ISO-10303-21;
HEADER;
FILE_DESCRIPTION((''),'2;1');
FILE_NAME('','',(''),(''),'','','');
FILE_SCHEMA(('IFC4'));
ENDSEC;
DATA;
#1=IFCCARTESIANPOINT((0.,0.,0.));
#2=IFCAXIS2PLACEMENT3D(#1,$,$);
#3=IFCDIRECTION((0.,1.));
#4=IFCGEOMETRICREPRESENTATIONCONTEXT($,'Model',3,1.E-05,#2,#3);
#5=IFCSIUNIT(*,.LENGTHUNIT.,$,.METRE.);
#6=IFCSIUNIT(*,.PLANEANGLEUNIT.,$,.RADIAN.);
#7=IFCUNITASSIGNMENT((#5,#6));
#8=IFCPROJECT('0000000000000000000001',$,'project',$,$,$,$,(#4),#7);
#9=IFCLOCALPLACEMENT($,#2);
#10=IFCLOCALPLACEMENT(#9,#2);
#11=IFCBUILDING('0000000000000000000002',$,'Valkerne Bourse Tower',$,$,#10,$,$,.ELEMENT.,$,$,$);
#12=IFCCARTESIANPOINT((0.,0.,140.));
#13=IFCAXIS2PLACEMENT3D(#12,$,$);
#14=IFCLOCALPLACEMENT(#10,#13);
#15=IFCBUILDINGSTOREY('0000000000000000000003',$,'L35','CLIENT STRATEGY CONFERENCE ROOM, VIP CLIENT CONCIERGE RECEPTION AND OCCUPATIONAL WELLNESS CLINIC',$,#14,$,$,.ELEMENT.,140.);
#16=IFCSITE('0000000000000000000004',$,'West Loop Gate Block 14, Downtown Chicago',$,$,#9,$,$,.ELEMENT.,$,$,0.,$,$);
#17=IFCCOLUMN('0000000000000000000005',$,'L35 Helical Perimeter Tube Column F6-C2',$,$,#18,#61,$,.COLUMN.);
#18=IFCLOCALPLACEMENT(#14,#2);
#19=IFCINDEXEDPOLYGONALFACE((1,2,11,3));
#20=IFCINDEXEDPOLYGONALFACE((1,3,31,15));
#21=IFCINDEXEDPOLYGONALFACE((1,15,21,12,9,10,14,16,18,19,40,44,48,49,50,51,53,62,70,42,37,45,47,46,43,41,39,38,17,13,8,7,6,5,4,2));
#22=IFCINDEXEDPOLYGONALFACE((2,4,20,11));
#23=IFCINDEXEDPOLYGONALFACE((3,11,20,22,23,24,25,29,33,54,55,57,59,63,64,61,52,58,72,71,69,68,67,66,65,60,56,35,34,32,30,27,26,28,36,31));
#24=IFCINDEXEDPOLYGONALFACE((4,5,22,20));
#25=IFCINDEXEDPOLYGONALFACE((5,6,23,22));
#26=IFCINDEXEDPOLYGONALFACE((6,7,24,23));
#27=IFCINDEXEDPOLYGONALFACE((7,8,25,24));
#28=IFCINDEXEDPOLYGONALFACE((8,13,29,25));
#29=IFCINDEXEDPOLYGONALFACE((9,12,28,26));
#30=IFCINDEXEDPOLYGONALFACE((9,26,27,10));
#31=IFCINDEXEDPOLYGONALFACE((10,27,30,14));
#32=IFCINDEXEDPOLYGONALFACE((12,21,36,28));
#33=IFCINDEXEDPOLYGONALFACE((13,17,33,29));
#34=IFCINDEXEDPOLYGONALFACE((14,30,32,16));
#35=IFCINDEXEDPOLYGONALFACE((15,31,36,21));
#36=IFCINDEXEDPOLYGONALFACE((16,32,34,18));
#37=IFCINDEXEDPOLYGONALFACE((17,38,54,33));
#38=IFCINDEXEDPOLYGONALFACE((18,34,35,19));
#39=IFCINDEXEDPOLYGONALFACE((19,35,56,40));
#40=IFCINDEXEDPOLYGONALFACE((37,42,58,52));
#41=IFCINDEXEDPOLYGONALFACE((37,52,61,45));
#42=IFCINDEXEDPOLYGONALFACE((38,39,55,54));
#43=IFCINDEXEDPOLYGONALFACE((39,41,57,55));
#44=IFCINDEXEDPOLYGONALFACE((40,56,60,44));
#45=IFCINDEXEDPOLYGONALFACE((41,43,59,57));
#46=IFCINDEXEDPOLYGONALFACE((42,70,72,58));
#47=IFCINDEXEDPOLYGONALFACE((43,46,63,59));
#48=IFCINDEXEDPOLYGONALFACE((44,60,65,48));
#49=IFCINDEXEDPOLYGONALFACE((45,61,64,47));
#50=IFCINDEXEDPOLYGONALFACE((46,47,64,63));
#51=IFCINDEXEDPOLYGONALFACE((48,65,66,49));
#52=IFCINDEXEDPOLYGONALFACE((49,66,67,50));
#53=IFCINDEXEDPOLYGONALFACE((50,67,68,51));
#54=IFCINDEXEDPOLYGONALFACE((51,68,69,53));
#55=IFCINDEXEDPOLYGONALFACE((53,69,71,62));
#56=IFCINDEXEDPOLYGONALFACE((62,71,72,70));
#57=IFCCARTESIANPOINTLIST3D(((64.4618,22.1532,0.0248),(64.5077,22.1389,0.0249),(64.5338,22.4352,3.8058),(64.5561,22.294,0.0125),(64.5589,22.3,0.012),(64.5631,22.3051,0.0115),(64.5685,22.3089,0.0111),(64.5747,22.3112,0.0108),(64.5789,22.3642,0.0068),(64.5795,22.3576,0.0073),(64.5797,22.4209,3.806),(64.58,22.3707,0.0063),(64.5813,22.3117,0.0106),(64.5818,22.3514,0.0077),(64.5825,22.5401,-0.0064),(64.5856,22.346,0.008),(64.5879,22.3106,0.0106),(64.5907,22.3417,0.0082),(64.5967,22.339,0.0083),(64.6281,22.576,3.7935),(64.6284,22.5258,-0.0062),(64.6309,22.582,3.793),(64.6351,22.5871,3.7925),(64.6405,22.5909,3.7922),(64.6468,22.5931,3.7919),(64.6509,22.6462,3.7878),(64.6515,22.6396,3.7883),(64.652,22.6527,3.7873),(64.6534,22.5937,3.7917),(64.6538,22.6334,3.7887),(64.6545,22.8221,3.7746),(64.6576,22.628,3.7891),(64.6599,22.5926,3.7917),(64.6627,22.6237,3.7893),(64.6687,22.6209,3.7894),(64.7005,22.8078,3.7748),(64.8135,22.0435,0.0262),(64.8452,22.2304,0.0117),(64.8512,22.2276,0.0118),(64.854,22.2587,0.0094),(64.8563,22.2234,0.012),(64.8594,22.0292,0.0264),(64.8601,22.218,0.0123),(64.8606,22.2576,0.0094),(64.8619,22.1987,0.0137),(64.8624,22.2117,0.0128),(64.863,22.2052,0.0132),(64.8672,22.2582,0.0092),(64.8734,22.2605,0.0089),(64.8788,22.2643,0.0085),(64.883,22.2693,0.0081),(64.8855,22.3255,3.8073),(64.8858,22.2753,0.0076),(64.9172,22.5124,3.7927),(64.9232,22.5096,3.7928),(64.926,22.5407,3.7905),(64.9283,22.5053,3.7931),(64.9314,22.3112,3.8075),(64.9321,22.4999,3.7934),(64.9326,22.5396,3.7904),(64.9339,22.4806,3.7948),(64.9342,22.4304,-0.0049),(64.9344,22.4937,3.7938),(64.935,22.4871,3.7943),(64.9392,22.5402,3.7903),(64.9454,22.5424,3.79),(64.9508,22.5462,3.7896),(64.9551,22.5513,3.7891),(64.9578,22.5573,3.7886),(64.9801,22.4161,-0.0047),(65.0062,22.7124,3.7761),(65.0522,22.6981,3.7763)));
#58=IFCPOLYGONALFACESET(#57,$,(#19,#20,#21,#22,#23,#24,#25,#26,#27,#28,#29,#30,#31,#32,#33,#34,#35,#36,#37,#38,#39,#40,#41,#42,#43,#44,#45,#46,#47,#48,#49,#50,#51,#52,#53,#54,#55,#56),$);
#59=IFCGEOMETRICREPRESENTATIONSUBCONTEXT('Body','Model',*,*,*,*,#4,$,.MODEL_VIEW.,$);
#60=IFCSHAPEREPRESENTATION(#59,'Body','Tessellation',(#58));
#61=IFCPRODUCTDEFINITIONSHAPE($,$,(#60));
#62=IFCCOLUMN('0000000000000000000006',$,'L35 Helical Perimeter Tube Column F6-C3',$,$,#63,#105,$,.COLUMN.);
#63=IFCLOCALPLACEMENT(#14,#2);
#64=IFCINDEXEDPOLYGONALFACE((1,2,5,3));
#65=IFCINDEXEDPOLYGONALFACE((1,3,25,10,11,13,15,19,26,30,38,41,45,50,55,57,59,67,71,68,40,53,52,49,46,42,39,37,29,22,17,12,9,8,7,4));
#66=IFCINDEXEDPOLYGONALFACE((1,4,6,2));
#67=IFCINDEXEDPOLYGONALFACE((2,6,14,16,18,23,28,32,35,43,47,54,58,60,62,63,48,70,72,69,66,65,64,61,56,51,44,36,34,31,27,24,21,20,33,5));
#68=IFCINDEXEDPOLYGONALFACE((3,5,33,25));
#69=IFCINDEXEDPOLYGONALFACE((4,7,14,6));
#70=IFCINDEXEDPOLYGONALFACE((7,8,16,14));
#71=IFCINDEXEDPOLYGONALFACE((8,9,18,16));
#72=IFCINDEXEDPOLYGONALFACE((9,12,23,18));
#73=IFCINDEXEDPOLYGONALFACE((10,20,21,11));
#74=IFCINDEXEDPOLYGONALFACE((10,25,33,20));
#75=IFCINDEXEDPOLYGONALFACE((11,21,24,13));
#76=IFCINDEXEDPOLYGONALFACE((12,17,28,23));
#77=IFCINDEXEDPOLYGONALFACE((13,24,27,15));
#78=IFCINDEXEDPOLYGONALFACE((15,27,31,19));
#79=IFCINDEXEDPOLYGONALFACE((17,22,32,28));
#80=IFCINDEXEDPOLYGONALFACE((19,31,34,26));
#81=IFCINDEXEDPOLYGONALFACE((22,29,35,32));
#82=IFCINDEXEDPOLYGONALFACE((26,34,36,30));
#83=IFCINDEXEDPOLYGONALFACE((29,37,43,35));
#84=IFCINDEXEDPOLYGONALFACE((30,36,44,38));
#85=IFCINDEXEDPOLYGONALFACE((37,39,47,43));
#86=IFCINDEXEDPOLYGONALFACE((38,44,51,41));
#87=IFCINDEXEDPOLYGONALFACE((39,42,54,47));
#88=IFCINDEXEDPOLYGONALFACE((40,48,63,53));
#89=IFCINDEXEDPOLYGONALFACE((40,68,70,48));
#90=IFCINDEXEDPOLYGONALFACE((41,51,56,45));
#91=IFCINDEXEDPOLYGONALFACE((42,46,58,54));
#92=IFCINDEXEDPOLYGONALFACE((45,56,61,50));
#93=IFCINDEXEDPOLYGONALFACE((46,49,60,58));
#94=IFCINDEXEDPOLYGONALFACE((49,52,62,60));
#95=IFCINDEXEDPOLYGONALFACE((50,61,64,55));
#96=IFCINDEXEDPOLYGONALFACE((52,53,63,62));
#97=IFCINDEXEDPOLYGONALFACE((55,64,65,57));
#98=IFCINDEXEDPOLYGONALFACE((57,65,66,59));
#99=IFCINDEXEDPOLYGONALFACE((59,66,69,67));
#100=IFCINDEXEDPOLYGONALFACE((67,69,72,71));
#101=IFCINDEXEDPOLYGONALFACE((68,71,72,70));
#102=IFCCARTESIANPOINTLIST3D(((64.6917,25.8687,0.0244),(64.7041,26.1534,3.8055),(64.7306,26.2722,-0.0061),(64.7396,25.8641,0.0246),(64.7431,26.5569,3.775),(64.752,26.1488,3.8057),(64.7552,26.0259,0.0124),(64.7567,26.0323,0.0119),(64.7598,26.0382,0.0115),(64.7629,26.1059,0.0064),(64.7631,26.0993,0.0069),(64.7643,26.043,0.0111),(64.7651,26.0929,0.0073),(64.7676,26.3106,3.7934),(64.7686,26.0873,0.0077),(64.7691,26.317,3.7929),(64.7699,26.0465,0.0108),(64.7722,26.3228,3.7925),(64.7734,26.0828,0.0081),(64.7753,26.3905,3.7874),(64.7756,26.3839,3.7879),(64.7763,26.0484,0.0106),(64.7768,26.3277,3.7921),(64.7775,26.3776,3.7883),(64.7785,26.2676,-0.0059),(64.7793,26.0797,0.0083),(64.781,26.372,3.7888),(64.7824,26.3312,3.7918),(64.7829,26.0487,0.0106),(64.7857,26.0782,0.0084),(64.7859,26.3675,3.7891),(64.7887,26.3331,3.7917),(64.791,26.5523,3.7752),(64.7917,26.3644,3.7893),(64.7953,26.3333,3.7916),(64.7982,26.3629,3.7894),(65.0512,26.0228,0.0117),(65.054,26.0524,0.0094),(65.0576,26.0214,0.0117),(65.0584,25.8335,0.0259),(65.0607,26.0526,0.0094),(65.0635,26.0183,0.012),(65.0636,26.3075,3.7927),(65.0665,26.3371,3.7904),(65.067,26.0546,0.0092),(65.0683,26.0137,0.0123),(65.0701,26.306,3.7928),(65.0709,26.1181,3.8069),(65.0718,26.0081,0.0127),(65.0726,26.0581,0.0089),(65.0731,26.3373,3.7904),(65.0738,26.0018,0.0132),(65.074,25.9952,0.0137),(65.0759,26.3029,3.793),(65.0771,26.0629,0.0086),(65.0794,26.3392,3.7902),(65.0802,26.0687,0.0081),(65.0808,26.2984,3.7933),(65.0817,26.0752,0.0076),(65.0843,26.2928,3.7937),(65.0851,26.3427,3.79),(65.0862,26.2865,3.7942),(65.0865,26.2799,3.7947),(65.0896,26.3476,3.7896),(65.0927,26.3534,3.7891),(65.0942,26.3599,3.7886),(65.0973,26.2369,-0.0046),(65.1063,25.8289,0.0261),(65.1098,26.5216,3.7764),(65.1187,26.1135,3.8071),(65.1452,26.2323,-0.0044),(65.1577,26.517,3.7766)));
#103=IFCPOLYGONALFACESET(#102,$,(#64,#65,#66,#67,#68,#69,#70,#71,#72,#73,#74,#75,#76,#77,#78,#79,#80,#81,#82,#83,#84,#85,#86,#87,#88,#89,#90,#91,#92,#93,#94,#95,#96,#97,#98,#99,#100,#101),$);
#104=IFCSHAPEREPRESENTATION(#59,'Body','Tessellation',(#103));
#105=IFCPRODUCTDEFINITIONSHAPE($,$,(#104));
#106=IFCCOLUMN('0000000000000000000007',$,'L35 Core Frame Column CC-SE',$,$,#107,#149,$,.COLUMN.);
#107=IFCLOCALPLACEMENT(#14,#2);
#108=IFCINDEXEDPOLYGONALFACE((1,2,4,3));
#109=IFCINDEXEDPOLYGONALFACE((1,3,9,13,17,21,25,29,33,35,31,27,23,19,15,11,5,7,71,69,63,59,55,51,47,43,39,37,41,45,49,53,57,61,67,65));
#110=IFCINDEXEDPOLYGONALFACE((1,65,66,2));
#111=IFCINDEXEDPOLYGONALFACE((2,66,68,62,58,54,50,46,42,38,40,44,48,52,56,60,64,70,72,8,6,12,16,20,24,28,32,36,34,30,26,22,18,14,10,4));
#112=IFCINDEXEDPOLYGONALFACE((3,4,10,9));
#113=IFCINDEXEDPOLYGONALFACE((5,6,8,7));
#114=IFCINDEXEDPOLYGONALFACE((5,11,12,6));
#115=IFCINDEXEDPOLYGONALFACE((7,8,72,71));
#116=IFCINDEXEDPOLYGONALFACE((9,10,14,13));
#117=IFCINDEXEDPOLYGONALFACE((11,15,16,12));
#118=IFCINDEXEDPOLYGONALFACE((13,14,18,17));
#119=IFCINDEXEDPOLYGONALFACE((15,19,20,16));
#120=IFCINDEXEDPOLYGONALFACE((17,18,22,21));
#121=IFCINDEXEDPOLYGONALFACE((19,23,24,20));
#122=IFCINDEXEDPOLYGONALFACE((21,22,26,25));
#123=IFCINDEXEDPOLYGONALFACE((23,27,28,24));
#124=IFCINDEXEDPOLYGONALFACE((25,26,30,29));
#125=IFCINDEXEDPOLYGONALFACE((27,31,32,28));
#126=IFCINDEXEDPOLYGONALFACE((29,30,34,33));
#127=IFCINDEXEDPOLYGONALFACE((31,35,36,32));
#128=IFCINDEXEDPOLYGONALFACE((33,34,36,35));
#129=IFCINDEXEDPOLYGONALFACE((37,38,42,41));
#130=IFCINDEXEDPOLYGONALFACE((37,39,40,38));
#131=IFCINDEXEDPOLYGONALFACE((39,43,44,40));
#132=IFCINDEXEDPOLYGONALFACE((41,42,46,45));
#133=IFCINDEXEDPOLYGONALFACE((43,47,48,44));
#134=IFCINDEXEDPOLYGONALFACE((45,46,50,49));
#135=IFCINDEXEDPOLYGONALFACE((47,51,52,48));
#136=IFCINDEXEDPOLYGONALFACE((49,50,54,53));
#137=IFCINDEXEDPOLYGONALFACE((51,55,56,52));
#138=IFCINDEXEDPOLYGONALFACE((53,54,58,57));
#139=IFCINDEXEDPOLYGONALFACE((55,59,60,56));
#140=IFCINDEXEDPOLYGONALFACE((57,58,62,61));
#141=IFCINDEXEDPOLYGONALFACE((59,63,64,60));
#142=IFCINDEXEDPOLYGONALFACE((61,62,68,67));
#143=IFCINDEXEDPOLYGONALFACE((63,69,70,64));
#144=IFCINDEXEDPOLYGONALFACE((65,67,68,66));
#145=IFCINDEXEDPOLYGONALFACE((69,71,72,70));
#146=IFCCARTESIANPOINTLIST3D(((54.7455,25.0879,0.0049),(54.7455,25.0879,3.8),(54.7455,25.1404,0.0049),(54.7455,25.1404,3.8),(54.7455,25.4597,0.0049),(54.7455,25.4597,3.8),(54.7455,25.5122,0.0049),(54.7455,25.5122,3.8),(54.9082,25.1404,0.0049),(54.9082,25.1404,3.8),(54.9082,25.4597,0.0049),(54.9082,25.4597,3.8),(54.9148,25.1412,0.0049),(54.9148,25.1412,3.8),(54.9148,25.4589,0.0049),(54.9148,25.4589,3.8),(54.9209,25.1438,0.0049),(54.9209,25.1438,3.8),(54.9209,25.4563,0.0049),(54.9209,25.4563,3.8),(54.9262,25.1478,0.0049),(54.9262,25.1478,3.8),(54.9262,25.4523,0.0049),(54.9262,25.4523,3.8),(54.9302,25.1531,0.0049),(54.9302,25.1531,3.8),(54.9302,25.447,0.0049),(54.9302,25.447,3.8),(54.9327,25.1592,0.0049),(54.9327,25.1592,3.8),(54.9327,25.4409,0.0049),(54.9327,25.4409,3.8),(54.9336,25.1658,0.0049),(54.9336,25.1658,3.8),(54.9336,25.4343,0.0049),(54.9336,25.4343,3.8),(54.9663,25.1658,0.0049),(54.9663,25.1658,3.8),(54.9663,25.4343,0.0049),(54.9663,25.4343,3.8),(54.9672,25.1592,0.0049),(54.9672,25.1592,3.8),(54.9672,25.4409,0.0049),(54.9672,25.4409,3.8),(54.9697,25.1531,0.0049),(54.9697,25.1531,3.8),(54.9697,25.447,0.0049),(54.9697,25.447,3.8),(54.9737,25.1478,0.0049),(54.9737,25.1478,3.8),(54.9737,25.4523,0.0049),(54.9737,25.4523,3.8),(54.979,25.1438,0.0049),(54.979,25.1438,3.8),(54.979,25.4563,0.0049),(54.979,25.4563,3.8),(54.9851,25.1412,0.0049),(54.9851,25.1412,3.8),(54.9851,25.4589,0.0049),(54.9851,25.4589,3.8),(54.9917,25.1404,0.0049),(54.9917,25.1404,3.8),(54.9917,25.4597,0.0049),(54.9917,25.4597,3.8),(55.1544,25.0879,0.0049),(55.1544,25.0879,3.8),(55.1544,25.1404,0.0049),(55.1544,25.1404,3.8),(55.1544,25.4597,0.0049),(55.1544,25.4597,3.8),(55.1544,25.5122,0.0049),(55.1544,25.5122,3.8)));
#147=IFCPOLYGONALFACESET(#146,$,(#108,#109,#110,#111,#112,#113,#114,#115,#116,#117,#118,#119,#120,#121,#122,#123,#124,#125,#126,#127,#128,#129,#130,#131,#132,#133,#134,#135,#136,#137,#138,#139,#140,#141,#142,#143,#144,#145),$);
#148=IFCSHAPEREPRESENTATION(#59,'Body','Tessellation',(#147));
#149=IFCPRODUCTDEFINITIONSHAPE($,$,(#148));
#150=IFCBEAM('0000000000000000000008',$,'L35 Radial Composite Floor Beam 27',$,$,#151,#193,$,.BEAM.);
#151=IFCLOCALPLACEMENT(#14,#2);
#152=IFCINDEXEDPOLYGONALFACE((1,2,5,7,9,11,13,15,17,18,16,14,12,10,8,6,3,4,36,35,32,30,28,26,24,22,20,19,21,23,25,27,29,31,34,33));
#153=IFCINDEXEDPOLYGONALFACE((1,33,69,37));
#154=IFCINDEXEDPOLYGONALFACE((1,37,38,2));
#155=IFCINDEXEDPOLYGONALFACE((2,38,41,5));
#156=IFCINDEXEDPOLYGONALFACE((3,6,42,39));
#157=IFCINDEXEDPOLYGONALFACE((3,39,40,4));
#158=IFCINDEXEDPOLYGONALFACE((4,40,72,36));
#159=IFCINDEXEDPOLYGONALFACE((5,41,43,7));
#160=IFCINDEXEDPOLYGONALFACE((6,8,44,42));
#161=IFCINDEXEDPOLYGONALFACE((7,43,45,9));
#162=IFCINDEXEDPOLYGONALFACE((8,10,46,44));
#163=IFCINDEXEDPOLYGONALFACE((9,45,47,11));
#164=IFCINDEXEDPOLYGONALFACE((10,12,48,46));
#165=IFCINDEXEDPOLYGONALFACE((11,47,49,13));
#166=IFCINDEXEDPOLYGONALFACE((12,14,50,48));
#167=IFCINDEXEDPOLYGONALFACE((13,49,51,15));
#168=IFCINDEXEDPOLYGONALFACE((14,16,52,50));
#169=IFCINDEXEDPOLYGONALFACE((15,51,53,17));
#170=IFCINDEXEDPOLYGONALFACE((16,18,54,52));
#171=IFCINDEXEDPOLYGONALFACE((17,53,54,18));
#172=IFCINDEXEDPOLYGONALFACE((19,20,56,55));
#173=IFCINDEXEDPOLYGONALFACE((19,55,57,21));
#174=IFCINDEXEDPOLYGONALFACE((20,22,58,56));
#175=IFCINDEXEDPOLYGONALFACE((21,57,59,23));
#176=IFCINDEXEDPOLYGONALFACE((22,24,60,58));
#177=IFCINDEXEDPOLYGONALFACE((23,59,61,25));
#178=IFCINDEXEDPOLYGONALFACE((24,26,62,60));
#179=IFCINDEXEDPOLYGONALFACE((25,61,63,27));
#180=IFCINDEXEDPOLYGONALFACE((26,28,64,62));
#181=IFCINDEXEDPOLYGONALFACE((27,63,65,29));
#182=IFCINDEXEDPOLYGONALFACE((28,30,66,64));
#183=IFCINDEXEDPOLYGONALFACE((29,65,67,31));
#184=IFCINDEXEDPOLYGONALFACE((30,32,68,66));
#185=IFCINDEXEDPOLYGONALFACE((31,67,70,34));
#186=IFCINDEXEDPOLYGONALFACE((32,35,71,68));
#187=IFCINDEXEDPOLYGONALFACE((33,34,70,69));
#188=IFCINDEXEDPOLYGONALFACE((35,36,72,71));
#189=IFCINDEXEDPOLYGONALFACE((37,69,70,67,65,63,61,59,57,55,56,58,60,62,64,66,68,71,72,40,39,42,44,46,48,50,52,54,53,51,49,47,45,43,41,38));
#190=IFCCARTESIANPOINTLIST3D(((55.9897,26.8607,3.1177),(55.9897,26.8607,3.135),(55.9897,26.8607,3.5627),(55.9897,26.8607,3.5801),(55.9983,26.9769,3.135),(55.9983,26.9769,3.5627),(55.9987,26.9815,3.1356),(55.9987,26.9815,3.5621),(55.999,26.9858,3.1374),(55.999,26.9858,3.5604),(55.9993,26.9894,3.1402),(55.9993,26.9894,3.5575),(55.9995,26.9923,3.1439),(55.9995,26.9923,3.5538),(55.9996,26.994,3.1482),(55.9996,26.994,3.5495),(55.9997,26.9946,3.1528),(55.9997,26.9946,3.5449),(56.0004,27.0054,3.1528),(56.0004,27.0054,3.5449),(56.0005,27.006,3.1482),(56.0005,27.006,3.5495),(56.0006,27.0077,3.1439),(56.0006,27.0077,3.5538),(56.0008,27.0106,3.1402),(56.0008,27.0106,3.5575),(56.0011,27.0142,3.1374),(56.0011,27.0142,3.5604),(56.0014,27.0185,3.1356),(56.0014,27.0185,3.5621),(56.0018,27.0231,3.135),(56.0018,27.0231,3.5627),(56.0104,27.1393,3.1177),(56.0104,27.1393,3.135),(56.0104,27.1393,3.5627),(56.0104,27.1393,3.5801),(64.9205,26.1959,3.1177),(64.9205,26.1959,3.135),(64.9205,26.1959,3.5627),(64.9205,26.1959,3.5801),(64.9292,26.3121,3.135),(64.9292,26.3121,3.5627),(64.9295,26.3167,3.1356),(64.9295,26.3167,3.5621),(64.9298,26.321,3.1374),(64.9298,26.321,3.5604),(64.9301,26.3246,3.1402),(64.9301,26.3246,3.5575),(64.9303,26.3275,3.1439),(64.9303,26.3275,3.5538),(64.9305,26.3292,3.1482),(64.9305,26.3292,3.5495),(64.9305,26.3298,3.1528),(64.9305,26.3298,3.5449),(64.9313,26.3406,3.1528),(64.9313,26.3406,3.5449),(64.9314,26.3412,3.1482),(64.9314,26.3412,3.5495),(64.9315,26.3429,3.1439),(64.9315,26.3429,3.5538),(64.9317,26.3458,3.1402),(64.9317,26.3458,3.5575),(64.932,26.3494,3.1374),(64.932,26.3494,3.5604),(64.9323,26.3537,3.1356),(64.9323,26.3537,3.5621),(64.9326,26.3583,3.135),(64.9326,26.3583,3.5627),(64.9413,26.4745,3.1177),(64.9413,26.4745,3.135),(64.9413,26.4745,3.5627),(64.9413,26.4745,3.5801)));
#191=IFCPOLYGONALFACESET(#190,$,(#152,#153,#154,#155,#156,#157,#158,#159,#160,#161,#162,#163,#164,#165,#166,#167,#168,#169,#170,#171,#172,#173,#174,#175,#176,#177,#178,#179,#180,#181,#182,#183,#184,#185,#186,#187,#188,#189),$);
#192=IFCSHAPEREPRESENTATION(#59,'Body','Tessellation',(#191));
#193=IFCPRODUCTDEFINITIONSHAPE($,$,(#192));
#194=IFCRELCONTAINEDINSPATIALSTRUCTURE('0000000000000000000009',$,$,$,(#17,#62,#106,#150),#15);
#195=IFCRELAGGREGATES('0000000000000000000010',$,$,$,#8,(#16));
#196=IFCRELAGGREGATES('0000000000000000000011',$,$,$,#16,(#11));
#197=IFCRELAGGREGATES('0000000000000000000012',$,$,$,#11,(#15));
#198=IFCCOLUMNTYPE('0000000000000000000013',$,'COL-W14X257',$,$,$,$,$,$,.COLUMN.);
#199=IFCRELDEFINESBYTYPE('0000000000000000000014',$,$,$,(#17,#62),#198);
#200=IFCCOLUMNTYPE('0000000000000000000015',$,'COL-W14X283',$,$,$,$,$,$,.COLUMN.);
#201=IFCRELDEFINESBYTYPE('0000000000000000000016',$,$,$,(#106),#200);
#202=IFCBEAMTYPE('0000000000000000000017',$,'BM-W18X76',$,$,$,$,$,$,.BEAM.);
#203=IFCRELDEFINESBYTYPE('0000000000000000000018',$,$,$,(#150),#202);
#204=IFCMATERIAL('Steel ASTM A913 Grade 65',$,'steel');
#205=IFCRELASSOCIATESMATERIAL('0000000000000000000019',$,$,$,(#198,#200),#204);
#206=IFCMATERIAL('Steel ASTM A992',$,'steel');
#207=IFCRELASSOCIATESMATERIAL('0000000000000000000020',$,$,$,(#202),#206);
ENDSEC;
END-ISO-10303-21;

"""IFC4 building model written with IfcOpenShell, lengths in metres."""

from ifc_helpers import new_model, si_unit, direction, frame, origin, origin_2d, place, context, subcontext, project, spatial, i_section, extrude, material, material_profile, profile_set, type_object, element, save


model = new_model("IFC4")

# Units and contexts
model_context = context("Model", 3, precision=1e-05, world=origin(), true_north=direction((0.0, 1.0)))
body_context = subcontext(model_context, "Body", "Model", "MODEL_VIEW")
ifc_project = project(units=[si_unit("LENGTHUNIT", "METRE"), si_unit("PLANEANGLEUNIT", "RADIAN")], contexts=[model_context])

# Site, building, storey
site_placement = place(None, origin())
site = spatial("IfcSite", under=ifc_project, at=site_placement, Name="West Loop Gate Block 14, Downtown Chicago", CompositionType="ELEMENT", RefElevation=0.0)
building_placement = place(site_placement, origin())
building = spatial("IfcBuilding", under=site, at=building_placement, Name="Valkerne Bourse Tower", CompositionType="ELEMENT")
storey_placement = place(building_placement, frame((0.0, 0.0, 140.0)))
storey = spatial("IfcBuildingStorey", under=building, at=storey_placement, Name="L35", Description="CLIENT STRATEGY CONFERENCE ROOM, VIP CLIENT CONCIERGE RECEPTION AND OCCUPATIONAL WELLNESS CLINIC", CompositionType="ELEMENT", Elevation=140.0)

# Columns
ifc_material_1 = material(Name="Steel ASTM A913 Grade 65", Category="steel")
ifc_material_profile_1 = material_profile(ifc_material_1, i_section(OverallWidth=0.4065, OverallDepth=0.4165, WebThickness=0.0298, FlangeThickness=0.0481, FilletRadius=0.0254, at=origin_2d()), Name="W14X257")
ifc_profile_set_1 = profile_set([ifc_material_profile_1], Name="Steel ASTM A913 Grade 65")
column_type_1 = type_object("IfcColumnType", Name="COL-W14X257", PredefinedType="COLUMN", material=ifc_profile_set_1)
column_1_placement = place(storey_placement, frame((64.7209, 22.2847, 0.01), z_axis=(0.018992, 0.074359, 0.997051), x_axis=(-0.297107, -0.951763, 0.076641)))
element("IfcColumn", 1, at=column_1_placement, inside=storey, type_object=column_type_1, Name="L35 Helical Perimeter Tube Column F6-C2", PredefinedType="COLUMN", context=body_context, shape_type="SweptSolid", body=[
    extrude(i_section(OverallWidth=0.4065, OverallDepth=0.4165, WebThickness=0.0298, FlangeThickness=0.0481, FilletRadius=0.0254, at=origin_2d()), origin(), (0.0, 0.0, 1.0), 3.7922),
])
column_2_placement = place(storey_placement, frame((64.9185, 26.0505, 0.01), z_axis=(0.003284, 0.075076, 0.997172), x_axis=(-0.0958, -0.992568, 0.075045)))
element("IfcColumn", 2, at=column_2_placement, inside=storey, type_object=column_type_1, Name="L35 Helical Perimeter Tube Column F6-C3", PredefinedType="COLUMN", context=body_context, shape_type="SweptSolid", body=[
    extrude(i_section(OverallWidth=0.4065, OverallDepth=0.4165, WebThickness=0.0298, FlangeThickness=0.0481, FilletRadius=0.0254, at=origin_2d()), origin(), (0.0, 0.0, 1.0), 3.7917),
])
ifc_material_profile_2 = material_profile(ifc_material_1, i_section(OverallWidth=0.4089, OverallDepth=0.4243, WebThickness=0.0327, FlangeThickness=0.0525, FilletRadius=0.0254, at=origin_2d()), Name="W14X283")
ifc_profile_set_2 = profile_set([ifc_material_profile_2], Name="Steel ASTM A913 Grade 65")
column_type_2 = type_object("IfcColumnType", Name="COL-W14X283", PredefinedType="COLUMN", material=ifc_profile_set_2)
column_3_placement = place(storey_placement, frame((54.95, 25.3, 0.0049), z_axis=(0.0, 0.0, 1.0), x_axis=(1.0, 0.0, 0.0)))
element("IfcColumn", 3, at=column_3_placement, inside=storey, type_object=column_type_2, Name="L35 Core Frame Column CC-SE", PredefinedType="COLUMN", context=body_context, shape_type="SweptSolid", body=[
    extrude(i_section(OverallWidth=0.4089, OverallDepth=0.4243, WebThickness=0.0327, FlangeThickness=0.0525, FilletRadius=0.0254, at=origin_2d()), origin(), (0.0, 0.0, 1.0), 3.7952),
])

# Beam
ifc_material_2 = material(Name="Steel ASTM A992", Category="steel")
ifc_material_profile_3 = material_profile(ifc_material_2, i_section(OverallWidth=0.2793, OverallDepth=0.4624, WebThickness=0.0107, FlangeThickness=0.0173, FilletRadius=0.0178, at=origin_2d()), Name="W18X76")
ifc_profile_set_3 = profile_set([ifc_material_profile_3], Name="Steel ASTM A992")
beam_type_1 = type_object("IfcBeamType", Name="BM-W18X76", PredefinedType="BEAM", material=ifc_profile_set_3)
beam_1_placement = place(storey_placement, frame((64.9309, 26.3352, 3.3489), z_axis=(-0.997241, 0.074232, 0.0), x_axis=(-0.074232, -0.997241, 0.0)))
element("IfcBeam", 4, at=beam_1_placement, inside=storey, type_object=beam_type_1, Name="L35 Radial Composite Floor Beam 27", PredefinedType="BEAM", context=body_context, shape_type="SweptSolid", body=[
    extrude(i_section(OverallWidth=0.2793, OverallDepth=0.4624, WebThickness=0.0107, FlangeThickness=0.0173, FilletRadius=0.0178, at=origin_2d()), origin(), (0.0, 0.0, 1.0), 8.9556),
])

save(model, "model.ifc")
